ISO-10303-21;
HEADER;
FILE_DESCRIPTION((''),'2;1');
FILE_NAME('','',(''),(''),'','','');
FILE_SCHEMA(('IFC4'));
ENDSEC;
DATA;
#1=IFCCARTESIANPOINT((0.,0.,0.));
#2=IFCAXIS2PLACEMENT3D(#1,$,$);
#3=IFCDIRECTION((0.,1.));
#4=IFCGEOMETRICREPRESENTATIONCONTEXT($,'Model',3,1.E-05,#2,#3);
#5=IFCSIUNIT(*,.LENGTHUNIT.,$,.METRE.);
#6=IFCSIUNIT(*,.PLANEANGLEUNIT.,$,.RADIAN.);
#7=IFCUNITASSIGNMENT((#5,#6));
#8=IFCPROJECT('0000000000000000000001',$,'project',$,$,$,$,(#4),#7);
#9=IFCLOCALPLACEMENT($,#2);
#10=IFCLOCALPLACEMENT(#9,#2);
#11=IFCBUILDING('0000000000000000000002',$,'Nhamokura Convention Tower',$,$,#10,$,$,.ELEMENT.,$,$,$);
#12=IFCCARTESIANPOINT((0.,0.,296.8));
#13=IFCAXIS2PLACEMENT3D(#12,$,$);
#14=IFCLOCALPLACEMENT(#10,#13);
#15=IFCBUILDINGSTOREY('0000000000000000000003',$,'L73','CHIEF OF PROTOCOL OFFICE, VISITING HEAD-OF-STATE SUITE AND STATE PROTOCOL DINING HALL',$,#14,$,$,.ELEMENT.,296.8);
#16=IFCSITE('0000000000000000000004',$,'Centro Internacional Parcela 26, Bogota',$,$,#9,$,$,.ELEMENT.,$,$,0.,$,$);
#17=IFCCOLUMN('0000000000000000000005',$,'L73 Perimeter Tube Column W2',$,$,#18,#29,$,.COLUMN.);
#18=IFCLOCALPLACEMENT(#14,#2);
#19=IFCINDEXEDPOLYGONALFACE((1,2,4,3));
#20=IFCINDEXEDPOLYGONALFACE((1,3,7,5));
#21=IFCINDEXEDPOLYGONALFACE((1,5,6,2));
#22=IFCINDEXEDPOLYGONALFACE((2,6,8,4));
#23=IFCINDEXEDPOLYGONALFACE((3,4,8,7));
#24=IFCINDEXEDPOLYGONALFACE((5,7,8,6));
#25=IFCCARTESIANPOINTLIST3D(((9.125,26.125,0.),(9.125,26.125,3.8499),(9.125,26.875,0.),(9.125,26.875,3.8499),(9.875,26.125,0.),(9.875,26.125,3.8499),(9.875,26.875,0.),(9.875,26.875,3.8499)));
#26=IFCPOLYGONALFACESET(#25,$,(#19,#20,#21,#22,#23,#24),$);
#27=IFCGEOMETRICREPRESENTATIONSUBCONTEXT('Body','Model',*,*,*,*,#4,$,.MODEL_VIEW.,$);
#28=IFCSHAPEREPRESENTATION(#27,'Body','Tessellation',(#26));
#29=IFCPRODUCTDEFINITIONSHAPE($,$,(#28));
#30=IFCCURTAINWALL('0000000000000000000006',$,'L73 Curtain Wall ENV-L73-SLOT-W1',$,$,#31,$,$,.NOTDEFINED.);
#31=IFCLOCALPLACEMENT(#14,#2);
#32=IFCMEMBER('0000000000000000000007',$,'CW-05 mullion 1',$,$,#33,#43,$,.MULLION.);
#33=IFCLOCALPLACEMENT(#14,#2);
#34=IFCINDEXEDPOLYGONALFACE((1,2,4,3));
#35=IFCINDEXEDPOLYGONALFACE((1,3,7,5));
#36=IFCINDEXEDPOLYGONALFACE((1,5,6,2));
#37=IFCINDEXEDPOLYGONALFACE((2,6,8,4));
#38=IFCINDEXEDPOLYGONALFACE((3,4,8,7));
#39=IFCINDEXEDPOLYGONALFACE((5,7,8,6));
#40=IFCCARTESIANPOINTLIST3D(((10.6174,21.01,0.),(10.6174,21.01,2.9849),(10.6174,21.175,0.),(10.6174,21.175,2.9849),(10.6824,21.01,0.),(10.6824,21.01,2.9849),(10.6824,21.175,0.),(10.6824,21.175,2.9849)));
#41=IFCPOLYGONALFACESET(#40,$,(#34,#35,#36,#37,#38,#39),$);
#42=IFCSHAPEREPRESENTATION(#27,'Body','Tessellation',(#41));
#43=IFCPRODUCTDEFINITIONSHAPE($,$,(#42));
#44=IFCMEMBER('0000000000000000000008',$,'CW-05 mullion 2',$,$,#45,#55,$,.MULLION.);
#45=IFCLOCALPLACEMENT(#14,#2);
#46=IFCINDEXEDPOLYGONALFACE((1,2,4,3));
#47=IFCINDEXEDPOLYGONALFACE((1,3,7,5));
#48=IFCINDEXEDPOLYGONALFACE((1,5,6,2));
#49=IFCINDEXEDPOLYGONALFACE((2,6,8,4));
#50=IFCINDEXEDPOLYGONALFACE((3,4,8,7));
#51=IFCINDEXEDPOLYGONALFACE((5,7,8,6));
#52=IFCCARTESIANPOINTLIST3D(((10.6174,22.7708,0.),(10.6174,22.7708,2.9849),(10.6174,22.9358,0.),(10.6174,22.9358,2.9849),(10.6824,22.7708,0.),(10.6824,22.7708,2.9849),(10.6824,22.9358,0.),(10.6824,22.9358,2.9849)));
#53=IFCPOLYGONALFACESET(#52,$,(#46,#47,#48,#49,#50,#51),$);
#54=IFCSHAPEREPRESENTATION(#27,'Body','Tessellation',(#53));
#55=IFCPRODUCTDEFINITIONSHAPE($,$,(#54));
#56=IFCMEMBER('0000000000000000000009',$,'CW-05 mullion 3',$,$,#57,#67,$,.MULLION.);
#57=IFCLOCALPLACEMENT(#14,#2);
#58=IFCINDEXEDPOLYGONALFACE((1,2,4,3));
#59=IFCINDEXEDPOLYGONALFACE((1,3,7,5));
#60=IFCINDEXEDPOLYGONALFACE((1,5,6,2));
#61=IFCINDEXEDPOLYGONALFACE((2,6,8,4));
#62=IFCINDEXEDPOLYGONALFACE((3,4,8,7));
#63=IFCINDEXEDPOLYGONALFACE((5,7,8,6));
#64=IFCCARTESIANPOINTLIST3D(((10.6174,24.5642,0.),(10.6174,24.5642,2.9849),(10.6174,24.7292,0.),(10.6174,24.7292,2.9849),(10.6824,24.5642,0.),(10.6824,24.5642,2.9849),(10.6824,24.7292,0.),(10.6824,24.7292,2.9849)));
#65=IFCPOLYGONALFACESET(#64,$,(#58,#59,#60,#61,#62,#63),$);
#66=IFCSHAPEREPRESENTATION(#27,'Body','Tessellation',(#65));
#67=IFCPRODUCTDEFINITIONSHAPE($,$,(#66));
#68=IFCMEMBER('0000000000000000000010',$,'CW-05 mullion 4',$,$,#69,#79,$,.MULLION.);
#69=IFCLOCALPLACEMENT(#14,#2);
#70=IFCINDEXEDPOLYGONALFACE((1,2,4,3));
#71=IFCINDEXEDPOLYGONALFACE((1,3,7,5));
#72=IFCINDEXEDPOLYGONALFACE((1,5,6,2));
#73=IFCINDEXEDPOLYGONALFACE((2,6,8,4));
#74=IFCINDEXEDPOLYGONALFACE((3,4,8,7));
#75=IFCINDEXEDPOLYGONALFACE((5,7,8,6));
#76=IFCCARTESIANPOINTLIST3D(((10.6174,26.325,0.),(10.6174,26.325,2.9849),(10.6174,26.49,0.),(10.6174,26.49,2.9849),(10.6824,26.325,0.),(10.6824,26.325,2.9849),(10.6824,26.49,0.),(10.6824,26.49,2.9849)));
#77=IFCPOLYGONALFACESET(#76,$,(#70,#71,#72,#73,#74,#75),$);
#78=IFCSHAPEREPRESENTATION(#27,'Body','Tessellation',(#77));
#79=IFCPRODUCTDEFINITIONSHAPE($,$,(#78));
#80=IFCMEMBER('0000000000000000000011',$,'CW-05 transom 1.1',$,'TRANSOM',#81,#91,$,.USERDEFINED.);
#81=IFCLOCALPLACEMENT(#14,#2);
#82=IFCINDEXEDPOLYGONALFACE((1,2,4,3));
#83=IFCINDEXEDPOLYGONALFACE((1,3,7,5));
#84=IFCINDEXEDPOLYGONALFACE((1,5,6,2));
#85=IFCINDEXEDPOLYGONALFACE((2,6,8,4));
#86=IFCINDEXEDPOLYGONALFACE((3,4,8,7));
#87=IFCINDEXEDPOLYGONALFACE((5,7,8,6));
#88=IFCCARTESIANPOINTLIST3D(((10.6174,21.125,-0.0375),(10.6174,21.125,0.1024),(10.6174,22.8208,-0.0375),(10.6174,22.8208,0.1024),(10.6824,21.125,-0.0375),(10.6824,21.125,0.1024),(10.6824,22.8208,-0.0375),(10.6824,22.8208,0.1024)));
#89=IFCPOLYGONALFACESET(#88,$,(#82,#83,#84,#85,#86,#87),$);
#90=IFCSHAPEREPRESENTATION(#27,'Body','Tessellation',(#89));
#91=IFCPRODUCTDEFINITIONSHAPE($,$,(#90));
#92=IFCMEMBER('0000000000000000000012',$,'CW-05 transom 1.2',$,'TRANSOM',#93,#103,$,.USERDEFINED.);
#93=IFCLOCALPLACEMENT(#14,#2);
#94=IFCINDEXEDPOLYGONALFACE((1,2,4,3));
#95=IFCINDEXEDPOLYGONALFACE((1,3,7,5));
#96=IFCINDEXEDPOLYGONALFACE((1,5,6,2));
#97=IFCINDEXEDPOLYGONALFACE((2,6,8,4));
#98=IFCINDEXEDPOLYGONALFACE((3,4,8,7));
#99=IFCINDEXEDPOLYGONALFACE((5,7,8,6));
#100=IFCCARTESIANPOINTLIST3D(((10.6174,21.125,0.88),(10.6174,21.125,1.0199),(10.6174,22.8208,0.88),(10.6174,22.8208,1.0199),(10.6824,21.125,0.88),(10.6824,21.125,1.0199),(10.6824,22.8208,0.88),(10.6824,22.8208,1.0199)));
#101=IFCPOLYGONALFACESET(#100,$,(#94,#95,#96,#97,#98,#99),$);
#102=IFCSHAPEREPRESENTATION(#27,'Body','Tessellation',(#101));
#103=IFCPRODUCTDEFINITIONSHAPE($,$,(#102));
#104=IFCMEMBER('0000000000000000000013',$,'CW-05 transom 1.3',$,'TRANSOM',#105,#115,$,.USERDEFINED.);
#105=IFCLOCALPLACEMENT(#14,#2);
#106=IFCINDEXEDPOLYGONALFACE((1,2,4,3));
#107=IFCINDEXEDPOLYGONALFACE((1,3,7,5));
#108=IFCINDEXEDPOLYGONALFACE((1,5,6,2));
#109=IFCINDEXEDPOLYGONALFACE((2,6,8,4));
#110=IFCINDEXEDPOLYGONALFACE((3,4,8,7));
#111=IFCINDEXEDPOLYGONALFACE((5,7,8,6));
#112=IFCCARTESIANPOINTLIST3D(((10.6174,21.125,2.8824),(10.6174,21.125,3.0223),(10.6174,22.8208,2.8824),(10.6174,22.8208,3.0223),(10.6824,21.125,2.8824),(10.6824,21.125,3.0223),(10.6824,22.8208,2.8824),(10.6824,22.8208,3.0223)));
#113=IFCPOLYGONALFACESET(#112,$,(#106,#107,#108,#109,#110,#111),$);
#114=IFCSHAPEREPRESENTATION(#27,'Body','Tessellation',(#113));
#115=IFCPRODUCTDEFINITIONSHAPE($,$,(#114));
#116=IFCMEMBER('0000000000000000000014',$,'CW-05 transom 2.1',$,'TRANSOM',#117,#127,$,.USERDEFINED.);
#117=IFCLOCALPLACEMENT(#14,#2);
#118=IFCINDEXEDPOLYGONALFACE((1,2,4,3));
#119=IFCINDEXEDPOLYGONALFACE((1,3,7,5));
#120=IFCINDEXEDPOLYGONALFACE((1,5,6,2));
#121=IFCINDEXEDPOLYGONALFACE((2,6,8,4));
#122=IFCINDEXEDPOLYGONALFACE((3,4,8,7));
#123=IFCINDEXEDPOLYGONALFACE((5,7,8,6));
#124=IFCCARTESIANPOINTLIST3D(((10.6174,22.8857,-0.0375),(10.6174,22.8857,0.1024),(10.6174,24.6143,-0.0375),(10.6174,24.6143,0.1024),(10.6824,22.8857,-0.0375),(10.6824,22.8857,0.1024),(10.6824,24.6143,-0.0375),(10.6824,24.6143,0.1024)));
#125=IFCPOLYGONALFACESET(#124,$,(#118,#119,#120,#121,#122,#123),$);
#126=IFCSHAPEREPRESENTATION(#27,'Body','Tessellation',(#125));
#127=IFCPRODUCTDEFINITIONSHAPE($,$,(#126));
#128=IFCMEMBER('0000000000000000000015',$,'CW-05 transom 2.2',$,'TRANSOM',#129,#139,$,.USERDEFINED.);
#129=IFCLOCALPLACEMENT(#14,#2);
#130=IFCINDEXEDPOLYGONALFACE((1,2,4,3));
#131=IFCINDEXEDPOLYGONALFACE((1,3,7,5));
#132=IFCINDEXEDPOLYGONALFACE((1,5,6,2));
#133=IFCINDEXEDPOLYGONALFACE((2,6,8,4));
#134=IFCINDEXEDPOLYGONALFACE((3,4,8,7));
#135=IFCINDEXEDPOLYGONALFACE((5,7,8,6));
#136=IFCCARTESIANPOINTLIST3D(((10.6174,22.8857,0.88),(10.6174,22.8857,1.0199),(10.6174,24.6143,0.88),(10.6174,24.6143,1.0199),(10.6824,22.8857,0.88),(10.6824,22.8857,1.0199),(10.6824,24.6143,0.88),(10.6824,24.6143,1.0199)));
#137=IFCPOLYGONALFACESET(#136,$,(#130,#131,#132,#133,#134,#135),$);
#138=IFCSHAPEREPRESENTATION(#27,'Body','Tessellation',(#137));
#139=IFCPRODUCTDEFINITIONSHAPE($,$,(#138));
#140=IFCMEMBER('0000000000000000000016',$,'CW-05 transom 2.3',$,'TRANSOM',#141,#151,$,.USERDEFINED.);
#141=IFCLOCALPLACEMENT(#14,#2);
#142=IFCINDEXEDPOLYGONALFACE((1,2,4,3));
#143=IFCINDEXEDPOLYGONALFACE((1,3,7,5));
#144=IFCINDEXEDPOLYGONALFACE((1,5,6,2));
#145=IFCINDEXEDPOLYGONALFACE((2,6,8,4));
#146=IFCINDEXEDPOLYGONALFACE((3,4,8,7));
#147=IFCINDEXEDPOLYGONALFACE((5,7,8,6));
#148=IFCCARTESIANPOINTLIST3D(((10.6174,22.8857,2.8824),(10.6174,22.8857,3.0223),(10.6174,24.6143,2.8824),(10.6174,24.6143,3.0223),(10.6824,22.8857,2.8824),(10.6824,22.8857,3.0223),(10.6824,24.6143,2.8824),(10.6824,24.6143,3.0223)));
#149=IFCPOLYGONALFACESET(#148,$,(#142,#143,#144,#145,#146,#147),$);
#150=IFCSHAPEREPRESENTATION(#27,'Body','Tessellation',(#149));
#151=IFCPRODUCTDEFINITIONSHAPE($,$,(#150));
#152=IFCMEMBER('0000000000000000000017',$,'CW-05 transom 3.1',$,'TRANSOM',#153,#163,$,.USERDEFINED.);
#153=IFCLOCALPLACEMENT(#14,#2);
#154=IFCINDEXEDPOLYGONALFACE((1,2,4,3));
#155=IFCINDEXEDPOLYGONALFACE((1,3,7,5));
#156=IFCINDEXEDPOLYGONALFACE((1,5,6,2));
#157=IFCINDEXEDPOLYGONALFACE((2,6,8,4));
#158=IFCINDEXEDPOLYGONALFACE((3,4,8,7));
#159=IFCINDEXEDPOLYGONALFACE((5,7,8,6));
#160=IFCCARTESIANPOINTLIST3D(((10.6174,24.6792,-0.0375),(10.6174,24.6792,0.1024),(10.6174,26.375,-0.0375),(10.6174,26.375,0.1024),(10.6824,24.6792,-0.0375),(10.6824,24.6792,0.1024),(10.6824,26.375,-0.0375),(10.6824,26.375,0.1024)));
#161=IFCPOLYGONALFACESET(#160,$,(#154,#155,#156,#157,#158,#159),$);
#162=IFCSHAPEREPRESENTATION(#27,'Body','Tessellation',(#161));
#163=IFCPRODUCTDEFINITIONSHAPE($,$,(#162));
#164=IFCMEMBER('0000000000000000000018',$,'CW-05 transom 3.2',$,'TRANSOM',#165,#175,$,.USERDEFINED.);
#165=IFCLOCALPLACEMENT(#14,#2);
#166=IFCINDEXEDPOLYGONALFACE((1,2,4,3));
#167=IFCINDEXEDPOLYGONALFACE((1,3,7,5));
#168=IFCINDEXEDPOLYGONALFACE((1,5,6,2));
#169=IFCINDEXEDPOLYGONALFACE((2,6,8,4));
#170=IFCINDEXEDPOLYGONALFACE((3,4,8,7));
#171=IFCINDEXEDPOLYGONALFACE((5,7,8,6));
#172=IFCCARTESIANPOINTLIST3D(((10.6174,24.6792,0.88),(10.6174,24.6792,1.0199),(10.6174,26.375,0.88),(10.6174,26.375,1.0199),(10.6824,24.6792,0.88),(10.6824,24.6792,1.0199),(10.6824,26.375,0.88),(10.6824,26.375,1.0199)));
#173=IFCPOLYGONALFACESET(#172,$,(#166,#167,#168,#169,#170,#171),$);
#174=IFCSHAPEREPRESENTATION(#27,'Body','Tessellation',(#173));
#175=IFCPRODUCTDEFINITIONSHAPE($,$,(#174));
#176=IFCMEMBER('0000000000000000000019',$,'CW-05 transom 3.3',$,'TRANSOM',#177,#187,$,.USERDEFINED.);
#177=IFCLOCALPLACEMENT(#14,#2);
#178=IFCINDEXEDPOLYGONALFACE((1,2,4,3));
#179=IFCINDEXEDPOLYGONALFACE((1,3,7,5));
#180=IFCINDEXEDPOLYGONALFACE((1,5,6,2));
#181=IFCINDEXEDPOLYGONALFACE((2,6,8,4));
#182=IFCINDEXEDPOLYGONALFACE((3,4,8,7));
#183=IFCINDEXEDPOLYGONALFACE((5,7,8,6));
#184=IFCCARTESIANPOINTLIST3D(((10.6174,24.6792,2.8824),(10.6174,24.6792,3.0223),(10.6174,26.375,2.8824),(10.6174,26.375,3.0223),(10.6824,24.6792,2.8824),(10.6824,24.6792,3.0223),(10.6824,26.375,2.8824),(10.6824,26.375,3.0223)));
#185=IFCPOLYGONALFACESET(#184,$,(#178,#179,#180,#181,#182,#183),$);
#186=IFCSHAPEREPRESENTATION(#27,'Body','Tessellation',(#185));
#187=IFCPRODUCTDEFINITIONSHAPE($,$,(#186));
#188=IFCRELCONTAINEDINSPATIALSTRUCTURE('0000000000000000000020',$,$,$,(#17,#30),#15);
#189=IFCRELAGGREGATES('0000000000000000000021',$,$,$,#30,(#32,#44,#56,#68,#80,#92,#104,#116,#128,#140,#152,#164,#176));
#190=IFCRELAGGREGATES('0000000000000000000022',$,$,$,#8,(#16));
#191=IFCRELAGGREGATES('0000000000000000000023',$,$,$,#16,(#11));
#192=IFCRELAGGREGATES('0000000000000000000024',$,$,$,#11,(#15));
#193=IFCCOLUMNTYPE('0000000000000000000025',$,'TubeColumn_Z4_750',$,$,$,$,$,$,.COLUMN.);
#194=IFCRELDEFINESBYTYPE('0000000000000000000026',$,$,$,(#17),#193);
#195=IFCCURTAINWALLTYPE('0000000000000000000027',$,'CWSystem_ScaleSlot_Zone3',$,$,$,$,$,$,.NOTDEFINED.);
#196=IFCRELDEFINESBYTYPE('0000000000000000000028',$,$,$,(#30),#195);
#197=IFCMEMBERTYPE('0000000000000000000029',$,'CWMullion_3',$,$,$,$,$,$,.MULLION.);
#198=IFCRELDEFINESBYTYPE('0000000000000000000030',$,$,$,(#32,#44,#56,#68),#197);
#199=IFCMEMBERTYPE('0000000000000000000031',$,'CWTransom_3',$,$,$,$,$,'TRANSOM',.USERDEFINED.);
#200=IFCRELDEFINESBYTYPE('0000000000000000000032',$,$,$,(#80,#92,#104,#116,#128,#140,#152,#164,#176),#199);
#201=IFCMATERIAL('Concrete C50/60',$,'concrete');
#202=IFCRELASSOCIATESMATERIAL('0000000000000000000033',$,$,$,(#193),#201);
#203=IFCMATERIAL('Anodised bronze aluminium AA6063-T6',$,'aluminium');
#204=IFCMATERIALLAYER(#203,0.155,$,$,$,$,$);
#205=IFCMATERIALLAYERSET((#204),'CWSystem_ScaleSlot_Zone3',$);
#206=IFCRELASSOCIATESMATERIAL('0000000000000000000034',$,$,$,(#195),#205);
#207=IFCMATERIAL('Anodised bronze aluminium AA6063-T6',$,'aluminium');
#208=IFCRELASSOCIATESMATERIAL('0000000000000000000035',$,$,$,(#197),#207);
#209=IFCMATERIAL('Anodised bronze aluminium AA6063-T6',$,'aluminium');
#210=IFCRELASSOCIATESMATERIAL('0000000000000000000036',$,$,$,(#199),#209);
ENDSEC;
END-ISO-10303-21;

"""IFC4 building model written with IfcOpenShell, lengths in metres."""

from ifc_helpers import new_model, si_unit, direction, frame, origin, origin_2d, place, context, subcontext, project, spatial, rectangle, extrude, material, layer, layer_set, material_profile, profile_set, type_object, element, aggregate, save


model = new_model("IFC4")

# Units and contexts
model_context = context("Model", 3, precision=1e-05, world=origin(), true_north=direction((0.0, 1.0)))
body_context = subcontext(model_context, "Body", "Model", "MODEL_VIEW")
ifc_project = project(units=[si_unit("LENGTHUNIT", "METRE"), si_unit("PLANEANGLEUNIT", "RADIAN")], contexts=[model_context])

# Site, building, storey
site_placement = place(None, origin())
site = spatial("IfcSite", under=ifc_project, at=site_placement, Name="Centro Internacional Parcela 26, Bogota", CompositionType="ELEMENT", RefElevation=0.0)
building_placement = place(site_placement, origin())
building = spatial("IfcBuilding", under=site, at=building_placement, Name="Nhamokura Convention Tower", CompositionType="ELEMENT")
storey_placement = place(building_placement, frame((0.0, 0.0, 296.8)))
storey = spatial("IfcBuildingStorey", under=building, at=storey_placement, Name="L73", Description="CHIEF OF PROTOCOL OFFICE, VISITING HEAD-OF-STATE SUITE AND STATE PROTOCOL DINING HALL", CompositionType="ELEMENT", Elevation=296.8)

# Column
ifc_material_1 = material(Name="Concrete C50/60", Category="concrete")
ifc_material_profile_1 = material_profile(ifc_material_1, rectangle(XDim=0.75, YDim=0.75, at=origin_2d()))
ifc_profile_set_1 = profile_set([ifc_material_profile_1], Name="Concrete C50/60")
column_type = type_object("IfcColumnType", Name="TubeColumn_Z4_750", PredefinedType="COLUMN", material=ifc_profile_set_1)
column_placement = place(storey_placement, frame((9.5, 26.5, 0.0), z_axis=(0.0, 0.0, 1.0), x_axis=(1.0, 0.0, 0.0)))
element("IfcColumn", 1, at=column_placement, inside=storey, type_object=column_type, Name="L73 Perimeter Tube Column W2", PredefinedType="COLUMN", context=body_context, shape_type="SweptSolid", body=[
    extrude(rectangle(XDim=0.75, YDim=0.75, at=origin_2d()), origin(), (0.0, 0.0, 1.0), 3.8499),
])

# Curtain wall, members
ifc_material_2 = material(Name="Anodised bronze aluminium AA6063-T6", Category="aluminium")
ifc_layer_1 = layer(ifc_material_2, 0.155)
ifc_layer_set_1 = layer_set([ifc_layer_1], Name="CWSystem_ScaleSlot_Zone3")
curtain_wall_type = type_object("IfcCurtainWallType", Name="CWSystem_ScaleSlot_Zone3", PredefinedType="NOTDEFINED", material=ifc_layer_set_1)
curtain_wall_placement = place(storey_placement, origin())
curtain_wall = element("IfcCurtainWall", 2, at=curtain_wall_placement, inside=storey, type_object=curtain_wall_type, Name="L73 Curtain Wall ENV-L73-SLOT-W1", PredefinedType="NOTDEFINED")
ifc_material_3 = material(Name="Anodised bronze aluminium AA6063-T6", Category="aluminium")
ifc_material_profile_2 = material_profile(ifc_material_3, rectangle(XDim=0.0649, YDim=0.165, at=origin_2d()))
ifc_profile_set_2 = profile_set([ifc_material_profile_2], Name="Anodised bronze aluminium AA6063-T6")
member_type_1 = type_object("IfcMemberType", Name="CWMullion_3", PredefinedType="MULLION", material=ifc_profile_set_2)
member_1_placement = place(storey_placement, frame((10.6499, 21.0925, 0.0), z_axis=(0.0, 0.0, 1.0), x_axis=(-1.0, 0.0, 0.0)))
member_1 = element("IfcMember", 3, at=member_1_placement, type_object=member_type_1, Name="CW-05 mullion 1", PredefinedType="MULLION", context=body_context, shape_type="SweptSolid", body=[
    extrude(rectangle(XDim=0.0649, YDim=0.165, at=origin_2d()), origin(), (0.0, 0.0, 1.0), 2.9849),
])
member_2_placement = place(storey_placement, frame((10.6499, 22.8533, 0.0), z_axis=(0.0, 0.0, 1.0), x_axis=(-1.0, 0.0, 0.0)))
member_2 = element("IfcMember", 4, at=member_2_placement, type_object=member_type_1, Name="CW-05 mullion 2", PredefinedType="MULLION", context=body_context, shape_type="SweptSolid", body=[
    extrude(rectangle(XDim=0.0649, YDim=0.165, at=origin_2d()), origin(), (0.0, 0.0, 1.0), 2.9849),
])
member_3_placement = place(storey_placement, frame((10.6499, 24.6467, 0.0), z_axis=(0.0, 0.0, 1.0), x_axis=(-1.0, 0.0, 0.0)))
member_3 = element("IfcMember", 5, at=member_3_placement, type_object=member_type_1, Name="CW-05 mullion 3", PredefinedType="MULLION", context=body_context, shape_type="SweptSolid", body=[
    extrude(rectangle(XDim=0.0649, YDim=0.165, at=origin_2d()), origin(), (0.0, 0.0, 1.0), 2.9849),
])
member_4_placement = place(storey_placement, frame((10.6499, 26.4075, 0.0), z_axis=(0.0, 0.0, 1.0), x_axis=(-1.0, 0.0, 0.0)))
member_4 = element("IfcMember", 6, at=member_4_placement, type_object=member_type_1, Name="CW-05 mullion 4", PredefinedType="MULLION", context=body_context, shape_type="SweptSolid", body=[
    extrude(rectangle(XDim=0.0649, YDim=0.165, at=origin_2d()), origin(), (0.0, 0.0, 1.0), 2.9849),
])
ifc_material_4 = material(Name="Anodised bronze aluminium AA6063-T6", Category="aluminium")
ifc_material_profile_3 = material_profile(ifc_material_4, rectangle(XDim=0.0649, YDim=0.1399, at=origin_2d()))
ifc_profile_set_3 = profile_set([ifc_material_profile_3], Name="Anodised bronze aluminium AA6063-T6")
member_type_2 = type_object("IfcMemberType", Name="CWTransom_3", ElementType="TRANSOM", PredefinedType="USERDEFINED", material=ifc_profile_set_3)
member_5_placement = place(storey_placement, frame((10.6499, 21.125, 0.0325), z_axis=(0.0, 1.0, 0.0), x_axis=(-1.0, 0.0, 0.0)))
member_5 = element("IfcMember", 7, at=member_5_placement, type_object=member_type_2, Name="CW-05 transom 1.1", ObjectType="TRANSOM", PredefinedType="USERDEFINED", context=body_context, shape_type="SweptSolid", body=[
    extrude(rectangle(XDim=0.0649, YDim=0.1399, at=origin_2d()), origin(), (0.0, 0.0, 1.0), 1.6958),
])
member_6_placement = place(storey_placement, frame((10.6499, 21.125, 0.95), z_axis=(0.0, 1.0, 0.0), x_axis=(-1.0, 0.0, 0.0)))
member_6 = element("IfcMember", 8, at=member_6_placement, type_object=member_type_2, Name="CW-05 transom 1.2", ObjectType="TRANSOM", PredefinedType="USERDEFINED", context=body_context, shape_type="SweptSolid", body=[
    extrude(rectangle(XDim=0.0649, YDim=0.1399, at=origin_2d()), origin(), (0.0, 0.0, 1.0), 1.6958),
])
member_7_placement = place(storey_placement, frame((10.6499, 21.125, 2.9524), z_axis=(0.0, 1.0, 0.0), x_axis=(-1.0, 0.0, 0.0)))
member_7 = element("IfcMember", 9, at=member_7_placement, type_object=member_type_2, Name="CW-05 transom 1.3", ObjectType="TRANSOM", PredefinedType="USERDEFINED", context=body_context, shape_type="SweptSolid", body=[
    extrude(rectangle(XDim=0.0649, YDim=0.1399, at=origin_2d()), origin(), (0.0, 0.0, 1.0), 1.6958),
])
member_8_placement = place(storey_placement, frame((10.6499, 22.8857, 0.0325), z_axis=(0.0, 1.0, 0.0), x_axis=(-1.0, 0.0, 0.0)))
member_8 = element("IfcMember", 10, at=member_8_placement, type_object=member_type_2, Name="CW-05 transom 2.1", ObjectType="TRANSOM", PredefinedType="USERDEFINED", context=body_context, shape_type="SweptSolid", body=[
    extrude(rectangle(XDim=0.0649, YDim=0.1399, at=origin_2d()), origin(), (0.0, 0.0, 1.0), 1.7285),
])
member_9_placement = place(storey_placement, frame((10.6499, 22.8857, 0.95), z_axis=(0.0, 1.0, 0.0), x_axis=(-1.0, 0.0, 0.0)))
member_9 = element("IfcMember", 11, at=member_9_placement, type_object=member_type_2, Name="CW-05 transom 2.2", ObjectType="TRANSOM", PredefinedType="USERDEFINED", context=body_context, shape_type="SweptSolid", body=[
    extrude(rectangle(XDim=0.0649, YDim=0.1399, at=origin_2d()), origin(), (0.0, 0.0, 1.0), 1.7285),
])
member_10_placement = place(storey_placement, frame((10.6499, 22.8857, 2.9524), z_axis=(0.0, 1.0, 0.0), x_axis=(-1.0, 0.0, 0.0)))
member_10 = element("IfcMember", 12, at=member_10_placement, type_object=member_type_2, Name="CW-05 transom 2.3", ObjectType="TRANSOM", PredefinedType="USERDEFINED", context=body_context, shape_type="SweptSolid", body=[
    extrude(rectangle(XDim=0.0649, YDim=0.1399, at=origin_2d()), origin(), (0.0, 0.0, 1.0), 1.7285),
])
member_11_placement = place(storey_placement, frame((10.6499, 24.6792, 0.0325), z_axis=(0.0, 1.0, 0.0), x_axis=(-1.0, 0.0, 0.0)))
member_11 = element("IfcMember", 13, at=member_11_placement, type_object=member_type_2, Name="CW-05 transom 3.1", ObjectType="TRANSOM", PredefinedType="USERDEFINED", context=body_context, shape_type="SweptSolid", body=[
    extrude(rectangle(XDim=0.0649, YDim=0.1399, at=origin_2d()), origin(), (0.0, 0.0, 1.0), 1.6958),
])
member_12_placement = place(storey_placement, frame((10.6499, 24.6792, 0.95), z_axis=(0.0, 1.0, 0.0), x_axis=(-1.0, 0.0, 0.0)))
member_12 = element("IfcMember", 14, at=member_12_placement, type_object=member_type_2, Name="CW-05 transom 3.2", ObjectType="TRANSOM", PredefinedType="USERDEFINED", context=body_context, shape_type="SweptSolid", body=[
    extrude(rectangle(XDim=0.0649, YDim=0.1399, at=origin_2d()), origin(), (0.0, 0.0, 1.0), 1.6958),
])
member_13_placement = place(storey_placement, frame((10.6499, 24.6792, 2.9524), z_axis=(0.0, 1.0, 0.0), x_axis=(-1.0, 0.0, 0.0)))
member_13 = element("IfcMember", 15, at=member_13_placement, type_object=member_type_2, Name="CW-05 transom 3.3", ObjectType="TRANSOM", PredefinedType="USERDEFINED", context=body_context, shape_type="SweptSolid", body=[
    extrude(rectangle(XDim=0.0649, YDim=0.1399, at=origin_2d()), origin(), (0.0, 0.0, 1.0), 1.6958),
])

aggregate(curtain_wall, [member_1, member_2, member_3, member_4, member_5, member_6, member_7, member_8, member_9, member_10, member_11, member_12, member_13])

save(model, "model.ifc")
